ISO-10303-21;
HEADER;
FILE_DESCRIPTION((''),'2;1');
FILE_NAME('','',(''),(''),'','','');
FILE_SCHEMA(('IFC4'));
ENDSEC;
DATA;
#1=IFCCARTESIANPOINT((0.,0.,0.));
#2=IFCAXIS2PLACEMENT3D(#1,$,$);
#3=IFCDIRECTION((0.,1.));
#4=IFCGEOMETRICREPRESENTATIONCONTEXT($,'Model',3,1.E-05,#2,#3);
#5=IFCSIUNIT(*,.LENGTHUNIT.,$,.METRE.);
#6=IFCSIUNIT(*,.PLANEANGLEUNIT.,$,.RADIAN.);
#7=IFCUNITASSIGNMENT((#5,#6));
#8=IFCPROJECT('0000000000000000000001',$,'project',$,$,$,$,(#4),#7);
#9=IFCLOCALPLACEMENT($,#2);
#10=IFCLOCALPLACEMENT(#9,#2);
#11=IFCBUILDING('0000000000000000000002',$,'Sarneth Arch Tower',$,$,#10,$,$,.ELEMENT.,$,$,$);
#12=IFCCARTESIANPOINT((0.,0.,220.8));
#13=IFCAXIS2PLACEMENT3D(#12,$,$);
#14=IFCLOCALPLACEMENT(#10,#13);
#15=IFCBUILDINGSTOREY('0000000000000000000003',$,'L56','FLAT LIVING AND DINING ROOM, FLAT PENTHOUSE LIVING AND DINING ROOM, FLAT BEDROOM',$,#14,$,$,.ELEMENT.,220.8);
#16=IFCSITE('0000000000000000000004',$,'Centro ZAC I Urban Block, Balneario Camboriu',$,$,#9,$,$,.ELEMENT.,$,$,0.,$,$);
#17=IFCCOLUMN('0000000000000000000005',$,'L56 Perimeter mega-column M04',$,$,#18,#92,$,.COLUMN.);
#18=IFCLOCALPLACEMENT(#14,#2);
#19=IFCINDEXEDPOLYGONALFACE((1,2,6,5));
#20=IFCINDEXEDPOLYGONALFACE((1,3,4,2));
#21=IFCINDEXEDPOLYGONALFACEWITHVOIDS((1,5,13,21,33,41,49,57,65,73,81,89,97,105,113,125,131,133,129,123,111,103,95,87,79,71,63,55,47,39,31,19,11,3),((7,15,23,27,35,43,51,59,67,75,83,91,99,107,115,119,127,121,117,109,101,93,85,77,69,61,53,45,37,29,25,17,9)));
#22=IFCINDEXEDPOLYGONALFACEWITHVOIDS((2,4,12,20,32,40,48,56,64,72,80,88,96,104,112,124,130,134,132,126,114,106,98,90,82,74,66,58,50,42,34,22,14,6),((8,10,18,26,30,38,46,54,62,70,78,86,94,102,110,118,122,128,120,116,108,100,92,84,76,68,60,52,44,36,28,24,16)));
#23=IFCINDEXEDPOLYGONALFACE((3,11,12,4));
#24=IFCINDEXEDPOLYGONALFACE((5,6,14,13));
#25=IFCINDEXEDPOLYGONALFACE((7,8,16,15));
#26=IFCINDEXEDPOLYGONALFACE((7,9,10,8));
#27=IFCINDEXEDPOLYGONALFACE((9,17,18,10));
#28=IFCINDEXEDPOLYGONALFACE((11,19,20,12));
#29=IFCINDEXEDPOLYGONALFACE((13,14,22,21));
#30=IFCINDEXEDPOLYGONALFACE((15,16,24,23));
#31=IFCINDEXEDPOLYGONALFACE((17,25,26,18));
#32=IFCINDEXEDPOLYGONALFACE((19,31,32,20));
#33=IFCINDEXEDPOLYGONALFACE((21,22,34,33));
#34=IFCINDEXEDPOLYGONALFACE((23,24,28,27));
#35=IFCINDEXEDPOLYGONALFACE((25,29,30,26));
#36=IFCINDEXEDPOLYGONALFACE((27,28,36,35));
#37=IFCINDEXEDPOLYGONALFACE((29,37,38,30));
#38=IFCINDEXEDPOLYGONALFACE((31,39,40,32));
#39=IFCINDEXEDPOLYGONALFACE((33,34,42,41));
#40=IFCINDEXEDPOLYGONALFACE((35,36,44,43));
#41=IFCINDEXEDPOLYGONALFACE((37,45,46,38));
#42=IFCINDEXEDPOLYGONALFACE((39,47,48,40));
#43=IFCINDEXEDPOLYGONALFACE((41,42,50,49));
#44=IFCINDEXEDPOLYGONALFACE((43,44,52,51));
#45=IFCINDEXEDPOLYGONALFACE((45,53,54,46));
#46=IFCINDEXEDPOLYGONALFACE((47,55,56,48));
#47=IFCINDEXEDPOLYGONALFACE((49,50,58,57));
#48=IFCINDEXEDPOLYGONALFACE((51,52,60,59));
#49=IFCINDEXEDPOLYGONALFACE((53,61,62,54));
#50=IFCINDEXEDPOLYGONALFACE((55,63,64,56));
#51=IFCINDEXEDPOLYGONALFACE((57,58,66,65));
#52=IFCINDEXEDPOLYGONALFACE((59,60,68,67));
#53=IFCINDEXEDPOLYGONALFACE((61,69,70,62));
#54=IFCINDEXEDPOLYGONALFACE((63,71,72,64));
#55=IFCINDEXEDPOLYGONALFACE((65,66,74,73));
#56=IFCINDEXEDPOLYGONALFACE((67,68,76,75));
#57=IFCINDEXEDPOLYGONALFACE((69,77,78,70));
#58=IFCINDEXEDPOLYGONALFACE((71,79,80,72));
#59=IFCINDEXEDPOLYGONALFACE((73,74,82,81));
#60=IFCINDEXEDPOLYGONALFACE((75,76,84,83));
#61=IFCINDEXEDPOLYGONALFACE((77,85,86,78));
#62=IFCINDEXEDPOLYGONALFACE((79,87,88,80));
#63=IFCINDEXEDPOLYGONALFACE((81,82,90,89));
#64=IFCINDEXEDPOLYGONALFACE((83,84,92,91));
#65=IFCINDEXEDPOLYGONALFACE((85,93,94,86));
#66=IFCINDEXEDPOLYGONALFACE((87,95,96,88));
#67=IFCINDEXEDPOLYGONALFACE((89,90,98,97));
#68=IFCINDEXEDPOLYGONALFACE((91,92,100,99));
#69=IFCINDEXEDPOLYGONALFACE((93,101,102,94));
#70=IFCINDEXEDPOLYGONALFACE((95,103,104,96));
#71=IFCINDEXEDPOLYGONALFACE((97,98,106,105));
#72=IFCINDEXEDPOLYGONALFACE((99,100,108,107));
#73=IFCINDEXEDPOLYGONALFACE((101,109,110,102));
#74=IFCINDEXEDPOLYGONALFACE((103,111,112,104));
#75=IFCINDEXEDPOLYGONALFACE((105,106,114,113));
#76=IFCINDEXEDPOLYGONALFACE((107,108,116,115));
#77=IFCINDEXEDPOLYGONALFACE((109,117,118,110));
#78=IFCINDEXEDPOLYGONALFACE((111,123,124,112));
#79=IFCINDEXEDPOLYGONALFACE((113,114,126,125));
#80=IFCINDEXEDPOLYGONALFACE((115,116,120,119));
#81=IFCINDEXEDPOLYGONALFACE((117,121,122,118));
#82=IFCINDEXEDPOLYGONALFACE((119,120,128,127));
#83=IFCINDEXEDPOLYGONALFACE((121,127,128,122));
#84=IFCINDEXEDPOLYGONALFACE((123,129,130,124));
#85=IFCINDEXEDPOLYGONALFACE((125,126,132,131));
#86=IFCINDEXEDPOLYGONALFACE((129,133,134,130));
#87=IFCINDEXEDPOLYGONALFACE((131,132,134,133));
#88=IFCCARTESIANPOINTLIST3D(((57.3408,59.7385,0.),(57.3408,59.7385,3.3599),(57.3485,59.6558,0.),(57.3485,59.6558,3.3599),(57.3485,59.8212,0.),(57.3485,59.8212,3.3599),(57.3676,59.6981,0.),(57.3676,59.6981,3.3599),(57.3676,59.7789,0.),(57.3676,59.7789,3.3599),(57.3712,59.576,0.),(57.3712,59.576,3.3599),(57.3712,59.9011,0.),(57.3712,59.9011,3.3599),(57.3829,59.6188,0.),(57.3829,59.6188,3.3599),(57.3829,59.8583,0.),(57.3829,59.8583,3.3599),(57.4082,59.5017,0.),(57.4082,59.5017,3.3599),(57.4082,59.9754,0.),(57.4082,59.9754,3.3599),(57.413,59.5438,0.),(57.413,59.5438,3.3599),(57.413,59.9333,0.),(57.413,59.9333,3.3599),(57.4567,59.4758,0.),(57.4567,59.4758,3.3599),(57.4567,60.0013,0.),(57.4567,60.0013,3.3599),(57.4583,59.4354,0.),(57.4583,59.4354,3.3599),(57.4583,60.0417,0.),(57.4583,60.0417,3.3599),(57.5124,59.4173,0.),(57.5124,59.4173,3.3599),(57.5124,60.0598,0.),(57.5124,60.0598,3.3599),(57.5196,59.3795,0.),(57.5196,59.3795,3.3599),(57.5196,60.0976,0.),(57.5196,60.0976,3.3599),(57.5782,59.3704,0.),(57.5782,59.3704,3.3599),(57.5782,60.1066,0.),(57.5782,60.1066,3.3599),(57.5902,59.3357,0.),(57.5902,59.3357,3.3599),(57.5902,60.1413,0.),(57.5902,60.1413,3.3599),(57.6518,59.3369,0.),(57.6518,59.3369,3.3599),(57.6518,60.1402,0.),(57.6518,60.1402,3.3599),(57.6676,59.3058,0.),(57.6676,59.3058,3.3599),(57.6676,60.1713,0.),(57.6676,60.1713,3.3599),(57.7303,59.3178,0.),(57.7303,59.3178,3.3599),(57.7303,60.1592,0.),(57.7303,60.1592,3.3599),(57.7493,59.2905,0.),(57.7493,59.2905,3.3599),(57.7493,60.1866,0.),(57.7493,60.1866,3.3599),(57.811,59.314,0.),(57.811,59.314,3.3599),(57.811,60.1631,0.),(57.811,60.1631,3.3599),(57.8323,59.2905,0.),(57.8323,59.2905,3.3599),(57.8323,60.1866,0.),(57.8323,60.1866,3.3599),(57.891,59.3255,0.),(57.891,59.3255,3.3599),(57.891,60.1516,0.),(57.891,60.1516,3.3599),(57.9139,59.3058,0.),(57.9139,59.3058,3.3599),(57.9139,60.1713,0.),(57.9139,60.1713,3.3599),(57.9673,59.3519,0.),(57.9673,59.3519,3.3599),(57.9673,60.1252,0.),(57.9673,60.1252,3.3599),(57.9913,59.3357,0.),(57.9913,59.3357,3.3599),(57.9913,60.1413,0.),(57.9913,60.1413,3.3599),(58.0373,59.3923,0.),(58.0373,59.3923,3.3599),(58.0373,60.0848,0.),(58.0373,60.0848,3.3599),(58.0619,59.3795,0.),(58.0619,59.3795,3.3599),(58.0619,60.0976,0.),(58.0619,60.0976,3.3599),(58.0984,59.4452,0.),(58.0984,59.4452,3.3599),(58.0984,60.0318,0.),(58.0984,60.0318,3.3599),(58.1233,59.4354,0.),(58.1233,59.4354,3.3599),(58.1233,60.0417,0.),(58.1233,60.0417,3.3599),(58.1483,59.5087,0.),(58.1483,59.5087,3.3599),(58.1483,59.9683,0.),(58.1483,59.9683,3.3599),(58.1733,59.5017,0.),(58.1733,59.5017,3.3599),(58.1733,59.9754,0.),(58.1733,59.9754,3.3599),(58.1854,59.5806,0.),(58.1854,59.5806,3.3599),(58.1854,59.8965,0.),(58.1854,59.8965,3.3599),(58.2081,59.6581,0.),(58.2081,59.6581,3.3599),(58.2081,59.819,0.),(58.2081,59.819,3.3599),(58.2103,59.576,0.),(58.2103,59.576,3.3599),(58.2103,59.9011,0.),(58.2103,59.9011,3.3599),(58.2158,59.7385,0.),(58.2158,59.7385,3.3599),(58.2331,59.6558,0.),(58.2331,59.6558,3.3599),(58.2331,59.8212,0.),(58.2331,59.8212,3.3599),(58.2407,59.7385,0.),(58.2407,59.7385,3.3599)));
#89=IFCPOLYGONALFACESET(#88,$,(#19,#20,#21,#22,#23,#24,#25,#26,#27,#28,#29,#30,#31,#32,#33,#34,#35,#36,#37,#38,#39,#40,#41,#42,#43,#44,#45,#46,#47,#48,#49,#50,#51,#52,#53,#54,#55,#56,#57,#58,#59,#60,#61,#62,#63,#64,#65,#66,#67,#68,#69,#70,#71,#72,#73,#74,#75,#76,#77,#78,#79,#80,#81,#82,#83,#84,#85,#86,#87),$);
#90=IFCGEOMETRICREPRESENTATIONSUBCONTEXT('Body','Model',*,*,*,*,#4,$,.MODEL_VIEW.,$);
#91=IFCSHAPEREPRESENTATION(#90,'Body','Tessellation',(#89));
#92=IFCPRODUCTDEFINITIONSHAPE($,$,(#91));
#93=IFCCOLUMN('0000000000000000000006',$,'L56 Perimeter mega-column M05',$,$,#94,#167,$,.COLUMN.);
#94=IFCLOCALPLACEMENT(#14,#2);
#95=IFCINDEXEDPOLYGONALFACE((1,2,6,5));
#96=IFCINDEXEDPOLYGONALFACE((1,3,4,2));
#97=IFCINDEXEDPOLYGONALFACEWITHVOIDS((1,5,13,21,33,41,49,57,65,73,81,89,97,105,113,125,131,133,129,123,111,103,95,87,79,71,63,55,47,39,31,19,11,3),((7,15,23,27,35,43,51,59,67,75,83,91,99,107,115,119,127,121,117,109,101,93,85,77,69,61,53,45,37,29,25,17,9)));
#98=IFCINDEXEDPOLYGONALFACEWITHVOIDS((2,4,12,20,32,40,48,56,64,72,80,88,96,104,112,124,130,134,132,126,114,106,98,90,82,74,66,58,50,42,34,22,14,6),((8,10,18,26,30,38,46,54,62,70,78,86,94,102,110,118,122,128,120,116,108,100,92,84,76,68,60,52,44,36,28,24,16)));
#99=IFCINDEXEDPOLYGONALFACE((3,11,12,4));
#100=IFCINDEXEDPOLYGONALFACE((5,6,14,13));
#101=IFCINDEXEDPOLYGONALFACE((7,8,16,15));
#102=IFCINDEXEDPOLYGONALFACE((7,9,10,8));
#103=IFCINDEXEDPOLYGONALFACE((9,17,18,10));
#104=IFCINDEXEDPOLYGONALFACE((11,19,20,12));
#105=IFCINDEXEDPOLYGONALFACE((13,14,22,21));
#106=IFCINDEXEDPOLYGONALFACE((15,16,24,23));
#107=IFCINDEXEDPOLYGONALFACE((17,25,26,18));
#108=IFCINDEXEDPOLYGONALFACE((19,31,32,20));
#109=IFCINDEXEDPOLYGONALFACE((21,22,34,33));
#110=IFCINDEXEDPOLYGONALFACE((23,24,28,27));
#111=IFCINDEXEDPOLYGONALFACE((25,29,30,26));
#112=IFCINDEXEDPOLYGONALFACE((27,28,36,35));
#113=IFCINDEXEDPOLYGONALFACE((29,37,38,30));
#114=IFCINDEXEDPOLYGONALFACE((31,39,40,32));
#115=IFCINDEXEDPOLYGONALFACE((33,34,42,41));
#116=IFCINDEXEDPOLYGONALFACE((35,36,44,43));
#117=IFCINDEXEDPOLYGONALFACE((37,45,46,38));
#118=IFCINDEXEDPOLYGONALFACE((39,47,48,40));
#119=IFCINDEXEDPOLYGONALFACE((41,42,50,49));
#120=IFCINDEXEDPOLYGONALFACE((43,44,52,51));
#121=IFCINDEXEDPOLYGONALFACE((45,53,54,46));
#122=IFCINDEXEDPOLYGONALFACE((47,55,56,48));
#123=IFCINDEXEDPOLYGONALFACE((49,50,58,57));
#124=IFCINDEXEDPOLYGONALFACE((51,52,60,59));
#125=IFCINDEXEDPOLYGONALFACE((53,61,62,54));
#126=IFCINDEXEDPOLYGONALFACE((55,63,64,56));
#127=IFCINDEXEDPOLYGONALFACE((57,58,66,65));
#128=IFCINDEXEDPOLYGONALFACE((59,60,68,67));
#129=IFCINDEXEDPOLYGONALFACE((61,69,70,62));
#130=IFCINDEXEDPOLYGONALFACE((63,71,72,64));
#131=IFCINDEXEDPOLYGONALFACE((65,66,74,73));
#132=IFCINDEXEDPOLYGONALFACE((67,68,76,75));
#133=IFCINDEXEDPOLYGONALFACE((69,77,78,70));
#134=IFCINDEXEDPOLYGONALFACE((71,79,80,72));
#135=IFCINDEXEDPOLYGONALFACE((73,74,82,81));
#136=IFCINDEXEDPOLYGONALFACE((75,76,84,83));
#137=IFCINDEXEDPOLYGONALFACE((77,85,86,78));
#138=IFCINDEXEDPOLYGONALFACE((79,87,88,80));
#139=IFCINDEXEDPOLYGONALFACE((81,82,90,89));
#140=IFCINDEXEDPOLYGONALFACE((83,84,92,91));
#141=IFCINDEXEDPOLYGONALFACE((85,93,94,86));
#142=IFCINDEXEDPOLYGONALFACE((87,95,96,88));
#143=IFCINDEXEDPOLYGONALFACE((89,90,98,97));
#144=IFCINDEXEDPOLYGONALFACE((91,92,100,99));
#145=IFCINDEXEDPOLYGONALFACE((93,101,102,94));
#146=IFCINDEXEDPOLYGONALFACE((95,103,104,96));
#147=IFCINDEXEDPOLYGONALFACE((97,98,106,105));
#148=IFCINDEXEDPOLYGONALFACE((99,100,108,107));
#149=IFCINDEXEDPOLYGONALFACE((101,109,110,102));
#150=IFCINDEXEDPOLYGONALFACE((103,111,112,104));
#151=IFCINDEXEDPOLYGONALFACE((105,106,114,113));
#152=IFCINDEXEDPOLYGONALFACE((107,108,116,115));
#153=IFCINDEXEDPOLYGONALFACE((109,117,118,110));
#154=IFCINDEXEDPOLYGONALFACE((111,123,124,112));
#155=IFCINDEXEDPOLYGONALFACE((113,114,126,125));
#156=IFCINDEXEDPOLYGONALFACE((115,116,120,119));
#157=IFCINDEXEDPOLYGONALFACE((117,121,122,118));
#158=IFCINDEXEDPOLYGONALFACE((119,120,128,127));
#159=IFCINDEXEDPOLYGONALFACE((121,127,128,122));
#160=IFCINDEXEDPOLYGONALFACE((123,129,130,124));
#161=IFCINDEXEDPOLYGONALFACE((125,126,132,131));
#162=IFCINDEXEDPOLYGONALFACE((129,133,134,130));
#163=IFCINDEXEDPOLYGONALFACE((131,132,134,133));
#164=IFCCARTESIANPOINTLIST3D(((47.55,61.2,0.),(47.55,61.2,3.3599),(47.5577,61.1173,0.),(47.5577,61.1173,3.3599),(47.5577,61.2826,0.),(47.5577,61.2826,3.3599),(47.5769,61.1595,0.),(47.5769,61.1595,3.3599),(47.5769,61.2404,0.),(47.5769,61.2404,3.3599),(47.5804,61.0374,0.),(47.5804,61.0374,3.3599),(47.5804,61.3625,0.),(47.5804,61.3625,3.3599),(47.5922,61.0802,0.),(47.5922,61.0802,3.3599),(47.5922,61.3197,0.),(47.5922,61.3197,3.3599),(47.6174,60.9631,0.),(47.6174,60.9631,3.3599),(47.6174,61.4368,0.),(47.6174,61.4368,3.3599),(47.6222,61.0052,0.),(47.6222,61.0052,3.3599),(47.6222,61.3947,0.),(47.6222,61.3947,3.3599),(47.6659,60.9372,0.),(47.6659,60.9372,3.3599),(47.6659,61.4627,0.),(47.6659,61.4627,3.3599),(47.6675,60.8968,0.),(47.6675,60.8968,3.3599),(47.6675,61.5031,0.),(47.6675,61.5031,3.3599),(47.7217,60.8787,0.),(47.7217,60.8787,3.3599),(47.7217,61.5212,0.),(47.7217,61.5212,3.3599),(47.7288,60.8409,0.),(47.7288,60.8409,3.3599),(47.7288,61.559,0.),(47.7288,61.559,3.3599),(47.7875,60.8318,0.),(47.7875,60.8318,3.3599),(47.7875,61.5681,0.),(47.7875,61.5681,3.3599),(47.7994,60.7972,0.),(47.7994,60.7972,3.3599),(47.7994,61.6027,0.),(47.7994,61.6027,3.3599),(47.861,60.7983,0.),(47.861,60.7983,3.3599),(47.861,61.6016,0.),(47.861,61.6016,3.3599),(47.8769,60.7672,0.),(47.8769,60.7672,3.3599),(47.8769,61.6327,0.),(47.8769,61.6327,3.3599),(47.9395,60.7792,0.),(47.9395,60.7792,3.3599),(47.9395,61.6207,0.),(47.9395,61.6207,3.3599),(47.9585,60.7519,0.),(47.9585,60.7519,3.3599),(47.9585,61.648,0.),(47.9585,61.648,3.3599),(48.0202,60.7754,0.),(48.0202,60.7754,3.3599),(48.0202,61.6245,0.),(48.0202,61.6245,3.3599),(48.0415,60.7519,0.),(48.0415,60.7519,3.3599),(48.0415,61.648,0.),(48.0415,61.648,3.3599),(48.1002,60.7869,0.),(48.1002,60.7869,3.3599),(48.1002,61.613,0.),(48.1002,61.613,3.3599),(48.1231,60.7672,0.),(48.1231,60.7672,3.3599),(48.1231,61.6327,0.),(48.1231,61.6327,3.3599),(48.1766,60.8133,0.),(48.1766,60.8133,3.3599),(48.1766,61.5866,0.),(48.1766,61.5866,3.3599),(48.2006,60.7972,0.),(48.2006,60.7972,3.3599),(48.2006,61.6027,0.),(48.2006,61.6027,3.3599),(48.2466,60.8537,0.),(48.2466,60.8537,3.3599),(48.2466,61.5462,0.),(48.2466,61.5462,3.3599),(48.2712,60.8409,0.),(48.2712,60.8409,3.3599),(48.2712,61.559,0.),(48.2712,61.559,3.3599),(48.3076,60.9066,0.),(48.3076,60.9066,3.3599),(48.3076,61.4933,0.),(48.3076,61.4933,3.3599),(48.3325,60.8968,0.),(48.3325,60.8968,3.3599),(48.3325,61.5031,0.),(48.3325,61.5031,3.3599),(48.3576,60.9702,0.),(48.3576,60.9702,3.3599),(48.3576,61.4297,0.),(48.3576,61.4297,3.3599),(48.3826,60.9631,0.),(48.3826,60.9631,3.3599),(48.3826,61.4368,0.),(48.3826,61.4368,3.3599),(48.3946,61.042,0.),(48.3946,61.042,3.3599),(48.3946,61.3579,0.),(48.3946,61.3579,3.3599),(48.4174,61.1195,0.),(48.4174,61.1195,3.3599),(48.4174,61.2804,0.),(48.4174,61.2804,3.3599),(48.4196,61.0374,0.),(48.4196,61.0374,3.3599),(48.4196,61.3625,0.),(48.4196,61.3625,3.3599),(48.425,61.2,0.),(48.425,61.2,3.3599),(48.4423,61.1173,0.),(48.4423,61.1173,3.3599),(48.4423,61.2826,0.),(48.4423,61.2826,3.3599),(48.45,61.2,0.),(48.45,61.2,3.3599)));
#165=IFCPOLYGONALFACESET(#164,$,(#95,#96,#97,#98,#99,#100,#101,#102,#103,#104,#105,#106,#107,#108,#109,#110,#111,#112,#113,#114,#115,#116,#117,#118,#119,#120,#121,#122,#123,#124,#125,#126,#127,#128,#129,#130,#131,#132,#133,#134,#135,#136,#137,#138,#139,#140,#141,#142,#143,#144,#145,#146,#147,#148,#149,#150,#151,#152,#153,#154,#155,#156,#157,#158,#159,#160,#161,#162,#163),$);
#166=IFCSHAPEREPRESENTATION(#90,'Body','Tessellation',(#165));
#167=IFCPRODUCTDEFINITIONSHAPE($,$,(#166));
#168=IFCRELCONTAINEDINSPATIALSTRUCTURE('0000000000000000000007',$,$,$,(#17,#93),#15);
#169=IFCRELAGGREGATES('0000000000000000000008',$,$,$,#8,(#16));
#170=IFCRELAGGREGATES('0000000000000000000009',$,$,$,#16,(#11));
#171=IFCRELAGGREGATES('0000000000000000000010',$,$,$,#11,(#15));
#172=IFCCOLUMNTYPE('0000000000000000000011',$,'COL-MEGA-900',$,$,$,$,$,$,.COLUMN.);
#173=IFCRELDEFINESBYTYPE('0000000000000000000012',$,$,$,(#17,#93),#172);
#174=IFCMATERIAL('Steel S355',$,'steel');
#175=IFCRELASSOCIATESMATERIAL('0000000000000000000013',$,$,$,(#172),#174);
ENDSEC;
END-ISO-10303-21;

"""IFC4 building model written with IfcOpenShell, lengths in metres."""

from ifc_helpers import new_model, si_unit, direction, frame, origin, origin_2d, place, context, subcontext, project, spatial, hollow_circle, extrude, material, material_profile, profile_set, type_object, element, save


model = new_model("IFC4")

# Units and contexts
model_context = context("Model", 3, precision=1e-05, world=origin(), true_north=direction((0.0, 1.0)))
body_context = subcontext(model_context, "Body", "Model", "MODEL_VIEW")
ifc_project = project(units=[si_unit("LENGTHUNIT", "METRE"), si_unit("PLANEANGLEUNIT", "RADIAN")], contexts=[model_context])

# Site, building, storey
site_placement = place(None, origin())
site = spatial("IfcSite", under=ifc_project, at=site_placement, Name="Centro ZAC I Urban Block, Balneario Camboriu", CompositionType="ELEMENT", RefElevation=0.0)
building_placement = place(site_placement, origin())
building = spatial("IfcBuilding", under=site, at=building_placement, Name="Sarneth Arch Tower", CompositionType="ELEMENT")
storey_placement = place(building_placement, frame((0.0, 0.0, 220.8)))
storey = spatial("IfcBuildingStorey", under=building, at=storey_placement, Name="L56", Description="FLAT LIVING AND DINING ROOM, FLAT PENTHOUSE LIVING AND DINING ROOM, FLAT BEDROOM", CompositionType="ELEMENT", Elevation=220.8)

# Columns
ifc_material_1 = material(Name="Steel S355", Category="steel")
ifc_material_profile_1 = material_profile(ifc_material_1, hollow_circle(Radius=0.45, WallThickness=0.0249, at=origin_2d()), Name="CHS900x25")
ifc_profile_set_1 = profile_set([ifc_material_profile_1], Name="Steel S355")
column_type = type_object("IfcColumnType", Name="COL-MEGA-900", PredefinedType="COLUMN", material=ifc_profile_set_1)
for number, where, z_axis, x_axis, name in (
    (1, (57.7908, 59.7385, 0.0), (0.0, 0.0, 1.0), (1.0, 0.0, 0.0), "L56 Perimeter mega-column M04"),
    (2, (48.0, 61.2, 0.0), (0.0, 0.0, 1.0), (1.0, 0.0, 0.0), "L56 Perimeter mega-column M05"),
):
    element("IfcColumn", number, at=place(storey_placement, frame(where, z_axis=z_axis, x_axis=x_axis)), inside=storey, type_object=column_type, Name=name, PredefinedType="COLUMN", context=body_context, shape_type="SweptSolid", body=[
        extrude(hollow_circle(Radius=0.45, WallThickness=0.0249, at=origin_2d()), origin(), (0.0, 0.0, 1.0), 3.3599),
    ])

save(model, "model.ifc")
